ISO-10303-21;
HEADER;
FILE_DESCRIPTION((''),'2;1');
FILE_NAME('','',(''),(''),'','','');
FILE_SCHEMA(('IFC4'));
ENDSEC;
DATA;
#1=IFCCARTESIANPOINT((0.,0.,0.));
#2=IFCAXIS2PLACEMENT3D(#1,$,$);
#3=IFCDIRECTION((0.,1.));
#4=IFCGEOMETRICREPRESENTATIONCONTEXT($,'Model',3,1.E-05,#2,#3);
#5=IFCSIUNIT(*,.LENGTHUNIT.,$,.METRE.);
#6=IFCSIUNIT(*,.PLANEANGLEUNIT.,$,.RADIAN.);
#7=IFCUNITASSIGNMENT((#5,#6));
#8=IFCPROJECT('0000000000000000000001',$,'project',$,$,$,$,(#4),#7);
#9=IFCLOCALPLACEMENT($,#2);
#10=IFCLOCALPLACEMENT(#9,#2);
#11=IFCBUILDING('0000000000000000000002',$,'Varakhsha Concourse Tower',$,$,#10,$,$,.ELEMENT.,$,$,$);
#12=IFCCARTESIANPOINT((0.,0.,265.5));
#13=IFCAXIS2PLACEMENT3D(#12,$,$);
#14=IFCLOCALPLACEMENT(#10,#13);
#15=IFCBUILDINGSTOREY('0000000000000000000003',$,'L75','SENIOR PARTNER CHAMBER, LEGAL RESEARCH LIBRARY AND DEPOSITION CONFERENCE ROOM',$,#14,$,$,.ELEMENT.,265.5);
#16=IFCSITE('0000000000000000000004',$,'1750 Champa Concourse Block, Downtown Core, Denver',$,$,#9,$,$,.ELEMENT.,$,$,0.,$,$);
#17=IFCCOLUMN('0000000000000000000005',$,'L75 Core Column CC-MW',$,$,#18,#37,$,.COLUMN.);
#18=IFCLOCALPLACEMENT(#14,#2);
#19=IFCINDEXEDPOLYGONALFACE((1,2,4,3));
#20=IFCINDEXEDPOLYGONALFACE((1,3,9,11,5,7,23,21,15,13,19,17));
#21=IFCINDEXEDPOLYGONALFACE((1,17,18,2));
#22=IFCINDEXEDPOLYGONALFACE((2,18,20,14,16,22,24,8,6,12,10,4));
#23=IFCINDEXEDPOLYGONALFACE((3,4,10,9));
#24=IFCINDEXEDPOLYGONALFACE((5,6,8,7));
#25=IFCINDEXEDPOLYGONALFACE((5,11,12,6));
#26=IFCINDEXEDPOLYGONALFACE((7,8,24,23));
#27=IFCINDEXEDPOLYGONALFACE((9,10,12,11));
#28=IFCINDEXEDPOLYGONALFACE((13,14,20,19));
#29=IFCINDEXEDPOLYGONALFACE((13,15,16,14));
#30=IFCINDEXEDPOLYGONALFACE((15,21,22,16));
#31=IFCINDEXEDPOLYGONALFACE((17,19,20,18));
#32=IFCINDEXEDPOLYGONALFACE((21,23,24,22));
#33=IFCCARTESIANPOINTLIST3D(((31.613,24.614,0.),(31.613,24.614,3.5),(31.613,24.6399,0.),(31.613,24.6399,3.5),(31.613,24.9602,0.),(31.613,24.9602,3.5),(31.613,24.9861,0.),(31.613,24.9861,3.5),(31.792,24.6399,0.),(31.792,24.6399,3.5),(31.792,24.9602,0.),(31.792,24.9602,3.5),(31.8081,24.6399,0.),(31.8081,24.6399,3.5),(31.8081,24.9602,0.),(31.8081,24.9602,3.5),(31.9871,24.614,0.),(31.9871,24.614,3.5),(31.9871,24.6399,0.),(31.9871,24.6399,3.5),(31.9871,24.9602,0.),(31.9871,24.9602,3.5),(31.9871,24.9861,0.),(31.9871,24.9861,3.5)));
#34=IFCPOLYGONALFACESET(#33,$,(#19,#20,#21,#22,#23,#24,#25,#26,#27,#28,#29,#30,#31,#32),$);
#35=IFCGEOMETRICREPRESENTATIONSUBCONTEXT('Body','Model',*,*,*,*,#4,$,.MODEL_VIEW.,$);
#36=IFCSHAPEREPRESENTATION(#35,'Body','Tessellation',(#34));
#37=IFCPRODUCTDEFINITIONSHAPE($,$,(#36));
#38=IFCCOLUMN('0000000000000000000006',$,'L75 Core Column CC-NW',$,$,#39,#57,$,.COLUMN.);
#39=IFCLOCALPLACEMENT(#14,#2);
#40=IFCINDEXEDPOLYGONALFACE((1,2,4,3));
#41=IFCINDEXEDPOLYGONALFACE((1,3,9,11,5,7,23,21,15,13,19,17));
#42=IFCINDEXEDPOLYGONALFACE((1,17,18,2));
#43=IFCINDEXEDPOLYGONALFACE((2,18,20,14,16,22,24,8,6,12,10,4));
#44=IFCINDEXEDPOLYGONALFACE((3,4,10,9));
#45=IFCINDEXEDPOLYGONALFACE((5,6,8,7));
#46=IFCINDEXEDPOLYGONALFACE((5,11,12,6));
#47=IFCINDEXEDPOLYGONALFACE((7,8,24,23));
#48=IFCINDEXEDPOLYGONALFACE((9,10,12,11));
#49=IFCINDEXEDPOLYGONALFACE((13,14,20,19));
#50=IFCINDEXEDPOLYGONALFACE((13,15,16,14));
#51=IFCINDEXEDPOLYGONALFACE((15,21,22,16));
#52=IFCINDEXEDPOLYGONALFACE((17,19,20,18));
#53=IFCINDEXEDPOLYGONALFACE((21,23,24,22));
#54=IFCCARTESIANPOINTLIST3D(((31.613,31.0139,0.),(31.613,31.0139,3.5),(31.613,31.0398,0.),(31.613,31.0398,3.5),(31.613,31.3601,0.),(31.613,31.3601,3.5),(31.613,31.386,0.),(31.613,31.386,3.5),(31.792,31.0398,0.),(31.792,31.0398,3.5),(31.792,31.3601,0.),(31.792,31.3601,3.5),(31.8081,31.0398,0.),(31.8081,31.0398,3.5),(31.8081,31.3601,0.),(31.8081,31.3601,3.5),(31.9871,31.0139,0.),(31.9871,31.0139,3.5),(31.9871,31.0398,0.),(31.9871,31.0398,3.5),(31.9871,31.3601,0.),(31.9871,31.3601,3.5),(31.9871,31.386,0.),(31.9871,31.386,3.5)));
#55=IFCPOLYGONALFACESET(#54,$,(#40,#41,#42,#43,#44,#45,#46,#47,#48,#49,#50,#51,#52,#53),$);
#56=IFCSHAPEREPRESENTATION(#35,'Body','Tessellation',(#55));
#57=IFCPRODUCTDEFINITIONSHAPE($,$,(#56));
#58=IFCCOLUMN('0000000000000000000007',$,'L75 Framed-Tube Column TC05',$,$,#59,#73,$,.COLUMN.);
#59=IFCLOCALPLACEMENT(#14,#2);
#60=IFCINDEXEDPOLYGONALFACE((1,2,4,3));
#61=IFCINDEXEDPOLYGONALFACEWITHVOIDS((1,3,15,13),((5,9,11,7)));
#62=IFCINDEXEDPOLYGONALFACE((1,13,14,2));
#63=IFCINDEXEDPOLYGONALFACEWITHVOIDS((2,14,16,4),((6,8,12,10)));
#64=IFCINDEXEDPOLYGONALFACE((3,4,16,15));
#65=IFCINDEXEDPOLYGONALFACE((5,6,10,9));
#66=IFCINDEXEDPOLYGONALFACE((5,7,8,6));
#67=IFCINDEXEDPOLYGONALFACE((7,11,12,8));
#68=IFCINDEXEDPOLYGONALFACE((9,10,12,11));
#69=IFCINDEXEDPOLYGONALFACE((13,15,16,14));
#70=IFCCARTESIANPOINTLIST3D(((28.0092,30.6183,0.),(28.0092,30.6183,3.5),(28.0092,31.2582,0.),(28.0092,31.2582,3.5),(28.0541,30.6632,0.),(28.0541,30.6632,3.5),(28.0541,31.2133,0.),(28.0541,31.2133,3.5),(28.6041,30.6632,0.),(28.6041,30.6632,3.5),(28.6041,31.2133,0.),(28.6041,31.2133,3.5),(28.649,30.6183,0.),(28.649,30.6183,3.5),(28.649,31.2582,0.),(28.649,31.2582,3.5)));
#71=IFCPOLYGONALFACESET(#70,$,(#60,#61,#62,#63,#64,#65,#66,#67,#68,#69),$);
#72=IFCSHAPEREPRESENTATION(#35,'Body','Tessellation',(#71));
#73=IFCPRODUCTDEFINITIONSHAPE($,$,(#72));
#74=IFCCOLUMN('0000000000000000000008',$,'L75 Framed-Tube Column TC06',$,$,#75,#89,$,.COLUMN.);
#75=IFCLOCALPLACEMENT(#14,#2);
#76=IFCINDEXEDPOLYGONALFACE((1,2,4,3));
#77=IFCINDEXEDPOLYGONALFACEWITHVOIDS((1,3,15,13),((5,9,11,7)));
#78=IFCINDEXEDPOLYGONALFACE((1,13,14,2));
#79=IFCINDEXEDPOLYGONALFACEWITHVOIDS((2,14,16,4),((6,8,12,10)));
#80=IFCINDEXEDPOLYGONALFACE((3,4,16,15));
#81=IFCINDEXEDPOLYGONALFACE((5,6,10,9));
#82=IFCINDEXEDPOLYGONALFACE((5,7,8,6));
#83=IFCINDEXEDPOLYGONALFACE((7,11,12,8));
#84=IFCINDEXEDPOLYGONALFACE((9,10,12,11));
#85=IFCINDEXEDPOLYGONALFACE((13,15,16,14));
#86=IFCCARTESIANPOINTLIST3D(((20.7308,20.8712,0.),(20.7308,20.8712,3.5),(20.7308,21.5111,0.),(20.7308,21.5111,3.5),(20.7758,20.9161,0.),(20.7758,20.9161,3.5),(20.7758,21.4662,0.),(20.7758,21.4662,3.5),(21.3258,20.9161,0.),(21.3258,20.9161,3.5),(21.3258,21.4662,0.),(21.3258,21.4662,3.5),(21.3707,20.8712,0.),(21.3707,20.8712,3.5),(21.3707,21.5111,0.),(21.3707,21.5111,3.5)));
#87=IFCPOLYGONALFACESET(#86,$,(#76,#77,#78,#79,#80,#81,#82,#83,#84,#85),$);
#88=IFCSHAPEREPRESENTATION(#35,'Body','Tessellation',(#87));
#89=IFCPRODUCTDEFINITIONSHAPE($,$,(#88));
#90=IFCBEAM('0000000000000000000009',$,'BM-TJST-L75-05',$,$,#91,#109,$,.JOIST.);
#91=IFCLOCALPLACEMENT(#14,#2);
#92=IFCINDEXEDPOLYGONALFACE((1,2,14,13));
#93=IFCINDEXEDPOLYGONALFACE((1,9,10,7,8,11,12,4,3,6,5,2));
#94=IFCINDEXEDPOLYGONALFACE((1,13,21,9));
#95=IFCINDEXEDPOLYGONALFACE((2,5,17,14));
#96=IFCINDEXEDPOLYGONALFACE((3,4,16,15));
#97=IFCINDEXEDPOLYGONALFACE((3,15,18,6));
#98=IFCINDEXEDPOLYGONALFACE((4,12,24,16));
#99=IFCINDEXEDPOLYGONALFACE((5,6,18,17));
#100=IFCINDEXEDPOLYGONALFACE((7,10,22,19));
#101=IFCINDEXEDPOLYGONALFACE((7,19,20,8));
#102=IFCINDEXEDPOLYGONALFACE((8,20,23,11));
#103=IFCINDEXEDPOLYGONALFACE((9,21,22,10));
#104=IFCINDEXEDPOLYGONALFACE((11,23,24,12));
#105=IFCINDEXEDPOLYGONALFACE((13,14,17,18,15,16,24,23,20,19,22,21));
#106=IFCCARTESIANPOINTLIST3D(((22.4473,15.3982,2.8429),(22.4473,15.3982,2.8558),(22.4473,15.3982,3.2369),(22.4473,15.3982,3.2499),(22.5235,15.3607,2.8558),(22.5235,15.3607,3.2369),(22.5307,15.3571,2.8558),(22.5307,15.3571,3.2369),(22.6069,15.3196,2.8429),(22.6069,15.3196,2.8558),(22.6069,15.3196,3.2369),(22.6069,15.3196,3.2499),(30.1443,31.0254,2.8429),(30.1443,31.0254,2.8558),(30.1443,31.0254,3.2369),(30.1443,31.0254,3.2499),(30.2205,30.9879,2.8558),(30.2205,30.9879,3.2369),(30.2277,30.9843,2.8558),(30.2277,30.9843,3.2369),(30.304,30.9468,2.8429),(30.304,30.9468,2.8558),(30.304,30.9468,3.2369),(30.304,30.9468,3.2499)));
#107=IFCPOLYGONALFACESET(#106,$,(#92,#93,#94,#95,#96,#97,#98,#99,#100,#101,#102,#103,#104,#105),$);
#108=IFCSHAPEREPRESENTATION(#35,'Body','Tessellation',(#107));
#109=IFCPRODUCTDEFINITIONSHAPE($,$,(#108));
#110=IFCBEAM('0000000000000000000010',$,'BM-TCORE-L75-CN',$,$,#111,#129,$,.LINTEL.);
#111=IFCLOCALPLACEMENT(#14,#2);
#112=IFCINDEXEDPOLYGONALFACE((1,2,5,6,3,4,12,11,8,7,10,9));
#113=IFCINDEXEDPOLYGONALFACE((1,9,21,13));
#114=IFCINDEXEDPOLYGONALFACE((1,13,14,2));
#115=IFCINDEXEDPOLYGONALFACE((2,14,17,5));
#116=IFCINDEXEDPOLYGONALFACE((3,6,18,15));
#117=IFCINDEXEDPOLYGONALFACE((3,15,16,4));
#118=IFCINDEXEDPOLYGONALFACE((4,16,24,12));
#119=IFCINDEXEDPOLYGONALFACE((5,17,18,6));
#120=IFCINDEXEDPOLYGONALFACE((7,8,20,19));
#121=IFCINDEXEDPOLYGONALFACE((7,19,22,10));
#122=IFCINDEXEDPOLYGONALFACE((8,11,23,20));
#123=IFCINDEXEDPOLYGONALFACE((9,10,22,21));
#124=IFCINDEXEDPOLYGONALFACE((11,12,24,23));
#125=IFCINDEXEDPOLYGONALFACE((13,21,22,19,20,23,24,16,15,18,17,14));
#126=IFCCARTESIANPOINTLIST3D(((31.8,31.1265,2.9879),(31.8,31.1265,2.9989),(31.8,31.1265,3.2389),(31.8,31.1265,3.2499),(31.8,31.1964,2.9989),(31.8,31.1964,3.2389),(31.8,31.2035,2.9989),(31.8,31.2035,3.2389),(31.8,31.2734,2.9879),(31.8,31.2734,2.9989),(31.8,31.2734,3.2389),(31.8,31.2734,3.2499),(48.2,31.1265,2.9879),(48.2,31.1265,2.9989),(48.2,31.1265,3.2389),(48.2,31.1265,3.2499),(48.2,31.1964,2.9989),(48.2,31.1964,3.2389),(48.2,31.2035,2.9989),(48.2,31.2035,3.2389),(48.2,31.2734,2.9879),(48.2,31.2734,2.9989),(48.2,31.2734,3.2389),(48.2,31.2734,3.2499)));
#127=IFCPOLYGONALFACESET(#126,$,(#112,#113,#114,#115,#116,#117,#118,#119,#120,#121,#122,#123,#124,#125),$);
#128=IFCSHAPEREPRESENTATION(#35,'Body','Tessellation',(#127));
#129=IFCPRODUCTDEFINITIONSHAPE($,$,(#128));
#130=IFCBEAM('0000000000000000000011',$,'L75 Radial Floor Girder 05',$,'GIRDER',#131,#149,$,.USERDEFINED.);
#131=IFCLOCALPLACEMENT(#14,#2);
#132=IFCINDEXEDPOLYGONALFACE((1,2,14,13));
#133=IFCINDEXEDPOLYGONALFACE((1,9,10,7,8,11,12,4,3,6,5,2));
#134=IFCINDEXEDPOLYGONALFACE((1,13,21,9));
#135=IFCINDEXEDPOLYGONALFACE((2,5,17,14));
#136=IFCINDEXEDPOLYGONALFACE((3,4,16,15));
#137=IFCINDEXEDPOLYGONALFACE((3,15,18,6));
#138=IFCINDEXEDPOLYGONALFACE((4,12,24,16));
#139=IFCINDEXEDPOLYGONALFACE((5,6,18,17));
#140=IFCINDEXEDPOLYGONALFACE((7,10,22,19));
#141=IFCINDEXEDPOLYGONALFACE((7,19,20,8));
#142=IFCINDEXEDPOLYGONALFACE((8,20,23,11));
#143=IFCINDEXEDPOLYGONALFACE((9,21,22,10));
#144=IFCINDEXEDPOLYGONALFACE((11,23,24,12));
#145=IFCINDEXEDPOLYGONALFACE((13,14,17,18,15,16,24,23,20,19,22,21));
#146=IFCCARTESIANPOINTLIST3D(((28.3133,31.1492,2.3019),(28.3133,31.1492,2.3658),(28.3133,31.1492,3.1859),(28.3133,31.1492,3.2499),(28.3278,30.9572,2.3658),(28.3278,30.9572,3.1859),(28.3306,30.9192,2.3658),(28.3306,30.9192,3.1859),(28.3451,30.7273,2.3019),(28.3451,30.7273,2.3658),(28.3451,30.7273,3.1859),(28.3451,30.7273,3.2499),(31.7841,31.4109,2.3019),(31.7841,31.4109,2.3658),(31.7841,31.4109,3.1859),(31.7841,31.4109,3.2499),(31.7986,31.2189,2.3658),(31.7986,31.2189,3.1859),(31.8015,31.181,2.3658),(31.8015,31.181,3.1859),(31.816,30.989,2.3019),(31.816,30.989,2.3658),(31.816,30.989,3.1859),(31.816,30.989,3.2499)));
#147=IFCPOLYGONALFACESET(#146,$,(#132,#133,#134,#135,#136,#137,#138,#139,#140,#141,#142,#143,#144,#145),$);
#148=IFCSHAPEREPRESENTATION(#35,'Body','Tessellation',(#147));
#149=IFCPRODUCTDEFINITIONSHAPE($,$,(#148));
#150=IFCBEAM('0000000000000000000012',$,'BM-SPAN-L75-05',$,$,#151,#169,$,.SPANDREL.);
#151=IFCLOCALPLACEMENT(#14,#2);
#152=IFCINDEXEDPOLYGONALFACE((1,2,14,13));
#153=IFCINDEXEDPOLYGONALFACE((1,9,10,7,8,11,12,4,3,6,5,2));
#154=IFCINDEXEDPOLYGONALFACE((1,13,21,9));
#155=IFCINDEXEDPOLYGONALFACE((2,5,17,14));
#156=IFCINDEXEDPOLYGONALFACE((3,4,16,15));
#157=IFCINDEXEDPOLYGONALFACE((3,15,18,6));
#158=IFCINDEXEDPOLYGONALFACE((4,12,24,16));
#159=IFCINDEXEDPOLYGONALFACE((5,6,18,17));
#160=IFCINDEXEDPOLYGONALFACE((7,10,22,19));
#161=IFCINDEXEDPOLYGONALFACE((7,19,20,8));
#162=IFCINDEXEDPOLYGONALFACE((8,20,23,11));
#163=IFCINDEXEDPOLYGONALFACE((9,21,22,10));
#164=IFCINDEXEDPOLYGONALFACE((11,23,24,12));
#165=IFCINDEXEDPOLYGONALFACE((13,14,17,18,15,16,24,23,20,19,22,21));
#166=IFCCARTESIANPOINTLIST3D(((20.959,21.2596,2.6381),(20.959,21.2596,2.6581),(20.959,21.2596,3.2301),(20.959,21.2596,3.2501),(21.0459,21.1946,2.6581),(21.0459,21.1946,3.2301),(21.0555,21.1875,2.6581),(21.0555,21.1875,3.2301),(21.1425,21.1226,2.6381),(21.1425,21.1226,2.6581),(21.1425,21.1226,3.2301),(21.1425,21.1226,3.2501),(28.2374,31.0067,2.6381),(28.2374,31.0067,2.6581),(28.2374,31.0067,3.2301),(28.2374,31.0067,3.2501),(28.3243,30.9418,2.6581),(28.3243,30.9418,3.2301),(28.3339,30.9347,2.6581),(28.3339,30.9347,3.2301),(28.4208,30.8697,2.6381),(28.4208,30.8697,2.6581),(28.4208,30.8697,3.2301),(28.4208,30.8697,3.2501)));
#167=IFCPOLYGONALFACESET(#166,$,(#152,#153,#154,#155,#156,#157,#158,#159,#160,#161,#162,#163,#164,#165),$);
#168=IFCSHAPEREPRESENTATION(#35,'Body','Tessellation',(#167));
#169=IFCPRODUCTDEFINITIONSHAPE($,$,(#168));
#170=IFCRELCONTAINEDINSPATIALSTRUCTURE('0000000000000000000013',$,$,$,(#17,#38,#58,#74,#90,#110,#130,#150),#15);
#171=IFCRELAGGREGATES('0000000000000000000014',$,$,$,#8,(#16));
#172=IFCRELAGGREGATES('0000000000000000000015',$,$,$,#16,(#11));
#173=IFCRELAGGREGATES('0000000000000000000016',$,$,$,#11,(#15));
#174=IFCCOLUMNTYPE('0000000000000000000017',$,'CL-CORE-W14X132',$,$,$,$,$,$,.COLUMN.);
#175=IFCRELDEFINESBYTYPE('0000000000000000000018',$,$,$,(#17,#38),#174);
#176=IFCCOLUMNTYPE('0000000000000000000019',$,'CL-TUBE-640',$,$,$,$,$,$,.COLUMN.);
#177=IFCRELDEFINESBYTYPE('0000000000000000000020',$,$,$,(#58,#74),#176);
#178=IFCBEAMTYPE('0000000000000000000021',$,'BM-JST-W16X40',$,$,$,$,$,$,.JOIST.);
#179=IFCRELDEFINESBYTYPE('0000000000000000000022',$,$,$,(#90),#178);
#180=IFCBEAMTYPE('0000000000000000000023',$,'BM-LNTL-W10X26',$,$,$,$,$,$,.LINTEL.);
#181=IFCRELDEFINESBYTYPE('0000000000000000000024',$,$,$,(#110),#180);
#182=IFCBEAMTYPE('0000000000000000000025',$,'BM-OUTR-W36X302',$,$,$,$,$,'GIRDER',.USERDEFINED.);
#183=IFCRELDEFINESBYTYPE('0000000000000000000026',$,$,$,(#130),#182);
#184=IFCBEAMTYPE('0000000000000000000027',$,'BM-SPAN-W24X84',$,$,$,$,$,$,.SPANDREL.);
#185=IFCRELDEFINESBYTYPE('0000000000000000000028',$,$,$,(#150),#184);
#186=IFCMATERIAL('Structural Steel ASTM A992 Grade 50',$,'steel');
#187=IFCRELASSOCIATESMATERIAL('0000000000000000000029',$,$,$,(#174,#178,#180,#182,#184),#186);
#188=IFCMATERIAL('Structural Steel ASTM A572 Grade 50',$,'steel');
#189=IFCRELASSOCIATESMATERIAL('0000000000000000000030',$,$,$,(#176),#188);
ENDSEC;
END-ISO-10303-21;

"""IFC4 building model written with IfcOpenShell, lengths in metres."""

from ifc_helpers import new_model, si_unit, direction, frame, origin, origin_2d, place, context, subcontext, project, spatial, hollow_rectangle, i_section, extrude, material, material_profile, profile_set, type_object, element, save


model = new_model("IFC4")

# Units and contexts
model_context = context("Model", 3, precision=1e-05, world=origin(), true_north=direction((0.0, 1.0)))
body_context = subcontext(model_context, "Body", "Model", "MODEL_VIEW")
ifc_project = project(units=[si_unit("LENGTHUNIT", "METRE"), si_unit("PLANEANGLEUNIT", "RADIAN")], contexts=[model_context])

# Site, building, storey
site_placement = place(None, origin())
site = spatial("IfcSite", under=ifc_project, at=site_placement, Name="1750 Champa Concourse Block, Downtown Core, Denver", CompositionType="ELEMENT", RefElevation=0.0)
building_placement = place(site_placement, origin())
building = spatial("IfcBuilding", under=site, at=building_placement, Name="Varakhsha Concourse Tower", CompositionType="ELEMENT")
storey_placement = place(building_placement, frame((0.0, 0.0, 265.5)))
storey = spatial("IfcBuildingStorey", under=building, at=storey_placement, Name="L75", Description="SENIOR PARTNER CHAMBER, LEGAL RESEARCH LIBRARY AND DEPOSITION CONFERENCE ROOM", CompositionType="ELEMENT", Elevation=265.5)

# Columns
ifc_material_1 = material(Name="Structural Steel ASTM A992 Grade 50", Category="steel")
ifc_material_profile_1 = material_profile(ifc_material_1, i_section(OverallWidth=0.374, OverallDepth=0.3721, WebThickness=0.0161, FlangeThickness=0.0259, at=origin_2d()), Name="W14X132")
ifc_profile_set_1 = profile_set([ifc_material_profile_1], Name="Structural Steel ASTM A992 Grade 50")
column_type_1 = type_object("IfcColumnType", Name="CL-CORE-W14X132", PredefinedType="COLUMN", material=ifc_profile_set_1)
for number, where, z_axis, x_axis, name in (
    (1, (31.8, 24.8, 0.0), (0.0, 0.0, 1.0), (1.0, 0.0, 0.0), "L75 Core Column CC-MW"),
    (2, (31.8, 31.2, 0.0), (0.0, 0.0, 1.0), (1.0, 0.0, 0.0), "L75 Core Column CC-NW"),
):
    element("IfcColumn", number, at=place(storey_placement, frame(where, z_axis=z_axis, x_axis=x_axis)), inside=storey, type_object=column_type_1, Name=name, PredefinedType="COLUMN", context=body_context, shape_type="SweptSolid", body=[
        extrude(i_section(OverallWidth=0.374, OverallDepth=0.3721, WebThickness=0.0161, FlangeThickness=0.0259, at=origin_2d()), origin(), (0.0, 0.0, 1.0), 3.5),
    ])
ifc_material_2 = material(Name="Structural Steel ASTM A572 Grade 50", Category="steel")
ifc_material_profile_2 = material_profile(ifc_material_2, hollow_rectangle(XDim=0.6399, YDim=0.6399, WallThickness=0.0449, at=origin_2d()), Name="BOX 640x640x45")
ifc_profile_set_2 = profile_set([ifc_material_profile_2], Name="Structural Steel ASTM A572 Grade 50")
column_type_2 = type_object("IfcColumnType", Name="CL-TUBE-640", PredefinedType="COLUMN", material=ifc_profile_set_2)
for number, where, z_axis, x_axis, name in (
    (3, (28.3291, 30.9382, 0.0), (0.0, 0.0, 1.0), (1.0, 0.0, 0.0), "L75 Framed-Tube Column TC05"),
    (4, (21.0508, 21.1912, 0.0), (0.0, 0.0, 1.0), (1.0, 0.0, 0.0), "L75 Framed-Tube Column TC06"),
):
    element("IfcColumn", number, at=place(storey_placement, frame(where, z_axis=z_axis, x_axis=x_axis)), inside=storey, type_object=column_type_2, Name=name, PredefinedType="COLUMN", context=body_context, shape_type="SweptSolid", body=[
        extrude(hollow_rectangle(XDim=0.6399, YDim=0.6399, WallThickness=0.0449, at=origin_2d()), origin(), (0.0, 0.0, 1.0), 3.5),
    ])

# Beams
ifc_material_profile_3 = material_profile(ifc_material_1, i_section(OverallWidth=0.178, OverallDepth=0.407, WebThickness=0.0081, FlangeThickness=0.0129, at=origin_2d()), Name="W16X40")
ifc_profile_set_3 = profile_set([ifc_material_profile_3], Name="Structural Steel ASTM A992 Grade 50")
beam_type_1 = type_object("IfcBeamType", Name="BM-JST-W16X40", PredefinedType="JOIST", material=ifc_profile_set_3)
beam_1_placement = place(storey_placement, frame((30.2241, 30.9861, 3.0464), z_axis=(-0.441852, -0.897088, 0.0), x_axis=(0.897088, -0.441852, 0.0)))
element("IfcBeam", 5, at=beam_1_placement, inside=storey, type_object=beam_type_1, Name="BM-TJST-L75-05", PredefinedType="JOIST", context=body_context, shape_type="SweptSolid", body=[
    extrude(i_section(OverallWidth=0.178, OverallDepth=0.407, WebThickness=0.0081, FlangeThickness=0.0129, at=origin_2d()), origin(), (0.0, 0.0, 1.0), 17.4199),
])
ifc_material_profile_4 = material_profile(ifc_material_1, i_section(OverallWidth=0.147, OverallDepth=0.262, WebThickness=0.0071, FlangeThickness=0.011, at=origin_2d()), Name="W10X26")
ifc_profile_set_4 = profile_set([ifc_material_profile_4], Name="Structural Steel ASTM A992 Grade 50")
beam_type_2 = type_object("IfcBeamType", Name="BM-LNTL-W10X26", PredefinedType="LINTEL", material=ifc_profile_set_4)
beam_2_placement = place(storey_placement, frame((31.8, 31.2, 3.1189), z_axis=(1.0, 0.0, 0.0), x_axis=(0.0, 1.0, 0.0)))
element("IfcBeam", 6, at=beam_2_placement, inside=storey, type_object=beam_type_2, Name="BM-TCORE-L75-CN", PredefinedType="LINTEL", context=body_context, shape_type="SweptSolid", body=[
    extrude(i_section(OverallWidth=0.147, OverallDepth=0.262, WebThickness=0.0071, FlangeThickness=0.011, at=origin_2d()), origin(), (0.0, 0.0, 1.0), 16.3999),
])
ifc_material_profile_5 = material_profile(ifc_material_1, i_section(OverallWidth=0.4231, OverallDepth=0.948, WebThickness=0.0381, FlangeThickness=0.064, at=origin_2d()), Name="W36X302")
ifc_profile_set_5 = profile_set([ifc_material_profile_5], Name="Structural Steel ASTM A992 Grade 50")
beam_type_3 = type_object("IfcBeamType", Name="BM-OUTR-W36X302", ElementType="GIRDER", PredefinedType="USERDEFINED", material=ifc_profile_set_5)
beam_3_placement = place(storey_placement, frame((31.8, 31.2, 2.7759), z_axis=(-0.997169, -0.075189, 0.0), x_axis=(0.075189, -0.997169, 0.0)))
element("IfcBeam", 7, at=beam_3_placement, inside=storey, type_object=beam_type_3, Name="L75 Radial Floor Girder 05", ObjectType="GIRDER", PredefinedType="USERDEFINED", context=body_context, shape_type="SweptSolid", body=[
    extrude(i_section(OverallWidth=0.4231, OverallDepth=0.948, WebThickness=0.0381, FlangeThickness=0.064, at=origin_2d()), origin(), (0.0, 0.0, 1.0), 3.4807),
])
ifc_material_profile_6 = material_profile(ifc_material_1, i_section(OverallWidth=0.229, OverallDepth=0.6121, WebThickness=0.012, FlangeThickness=0.02, at=origin_2d()), Name="W24X84")
ifc_profile_set_6 = profile_set([ifc_material_profile_6], Name="Structural Steel ASTM A992 Grade 50")
beam_type_4 = type_object("IfcBeamType", Name="BM-SPAN-W24X84", PredefinedType="SPANDREL", material=ifc_profile_set_6)
beam_4_placement = place(storey_placement, frame((28.3291, 30.9382, 2.9441), z_axis=(-0.598316, -0.80126, 0.0), x_axis=(0.80126, -0.598316, 0.0)))
element("IfcBeam", 8, at=beam_4_placement, inside=storey, type_object=beam_type_4, Name="BM-SPAN-L75-05", PredefinedType="SPANDREL", context=body_context, shape_type="SweptSolid", body=[
    extrude(i_section(OverallWidth=0.229, OverallDepth=0.6121, WebThickness=0.012, FlangeThickness=0.02, at=origin_2d()), origin(), (0.0, 0.0, 1.0), 12.1648),
])

save(model, "model.ifc")
